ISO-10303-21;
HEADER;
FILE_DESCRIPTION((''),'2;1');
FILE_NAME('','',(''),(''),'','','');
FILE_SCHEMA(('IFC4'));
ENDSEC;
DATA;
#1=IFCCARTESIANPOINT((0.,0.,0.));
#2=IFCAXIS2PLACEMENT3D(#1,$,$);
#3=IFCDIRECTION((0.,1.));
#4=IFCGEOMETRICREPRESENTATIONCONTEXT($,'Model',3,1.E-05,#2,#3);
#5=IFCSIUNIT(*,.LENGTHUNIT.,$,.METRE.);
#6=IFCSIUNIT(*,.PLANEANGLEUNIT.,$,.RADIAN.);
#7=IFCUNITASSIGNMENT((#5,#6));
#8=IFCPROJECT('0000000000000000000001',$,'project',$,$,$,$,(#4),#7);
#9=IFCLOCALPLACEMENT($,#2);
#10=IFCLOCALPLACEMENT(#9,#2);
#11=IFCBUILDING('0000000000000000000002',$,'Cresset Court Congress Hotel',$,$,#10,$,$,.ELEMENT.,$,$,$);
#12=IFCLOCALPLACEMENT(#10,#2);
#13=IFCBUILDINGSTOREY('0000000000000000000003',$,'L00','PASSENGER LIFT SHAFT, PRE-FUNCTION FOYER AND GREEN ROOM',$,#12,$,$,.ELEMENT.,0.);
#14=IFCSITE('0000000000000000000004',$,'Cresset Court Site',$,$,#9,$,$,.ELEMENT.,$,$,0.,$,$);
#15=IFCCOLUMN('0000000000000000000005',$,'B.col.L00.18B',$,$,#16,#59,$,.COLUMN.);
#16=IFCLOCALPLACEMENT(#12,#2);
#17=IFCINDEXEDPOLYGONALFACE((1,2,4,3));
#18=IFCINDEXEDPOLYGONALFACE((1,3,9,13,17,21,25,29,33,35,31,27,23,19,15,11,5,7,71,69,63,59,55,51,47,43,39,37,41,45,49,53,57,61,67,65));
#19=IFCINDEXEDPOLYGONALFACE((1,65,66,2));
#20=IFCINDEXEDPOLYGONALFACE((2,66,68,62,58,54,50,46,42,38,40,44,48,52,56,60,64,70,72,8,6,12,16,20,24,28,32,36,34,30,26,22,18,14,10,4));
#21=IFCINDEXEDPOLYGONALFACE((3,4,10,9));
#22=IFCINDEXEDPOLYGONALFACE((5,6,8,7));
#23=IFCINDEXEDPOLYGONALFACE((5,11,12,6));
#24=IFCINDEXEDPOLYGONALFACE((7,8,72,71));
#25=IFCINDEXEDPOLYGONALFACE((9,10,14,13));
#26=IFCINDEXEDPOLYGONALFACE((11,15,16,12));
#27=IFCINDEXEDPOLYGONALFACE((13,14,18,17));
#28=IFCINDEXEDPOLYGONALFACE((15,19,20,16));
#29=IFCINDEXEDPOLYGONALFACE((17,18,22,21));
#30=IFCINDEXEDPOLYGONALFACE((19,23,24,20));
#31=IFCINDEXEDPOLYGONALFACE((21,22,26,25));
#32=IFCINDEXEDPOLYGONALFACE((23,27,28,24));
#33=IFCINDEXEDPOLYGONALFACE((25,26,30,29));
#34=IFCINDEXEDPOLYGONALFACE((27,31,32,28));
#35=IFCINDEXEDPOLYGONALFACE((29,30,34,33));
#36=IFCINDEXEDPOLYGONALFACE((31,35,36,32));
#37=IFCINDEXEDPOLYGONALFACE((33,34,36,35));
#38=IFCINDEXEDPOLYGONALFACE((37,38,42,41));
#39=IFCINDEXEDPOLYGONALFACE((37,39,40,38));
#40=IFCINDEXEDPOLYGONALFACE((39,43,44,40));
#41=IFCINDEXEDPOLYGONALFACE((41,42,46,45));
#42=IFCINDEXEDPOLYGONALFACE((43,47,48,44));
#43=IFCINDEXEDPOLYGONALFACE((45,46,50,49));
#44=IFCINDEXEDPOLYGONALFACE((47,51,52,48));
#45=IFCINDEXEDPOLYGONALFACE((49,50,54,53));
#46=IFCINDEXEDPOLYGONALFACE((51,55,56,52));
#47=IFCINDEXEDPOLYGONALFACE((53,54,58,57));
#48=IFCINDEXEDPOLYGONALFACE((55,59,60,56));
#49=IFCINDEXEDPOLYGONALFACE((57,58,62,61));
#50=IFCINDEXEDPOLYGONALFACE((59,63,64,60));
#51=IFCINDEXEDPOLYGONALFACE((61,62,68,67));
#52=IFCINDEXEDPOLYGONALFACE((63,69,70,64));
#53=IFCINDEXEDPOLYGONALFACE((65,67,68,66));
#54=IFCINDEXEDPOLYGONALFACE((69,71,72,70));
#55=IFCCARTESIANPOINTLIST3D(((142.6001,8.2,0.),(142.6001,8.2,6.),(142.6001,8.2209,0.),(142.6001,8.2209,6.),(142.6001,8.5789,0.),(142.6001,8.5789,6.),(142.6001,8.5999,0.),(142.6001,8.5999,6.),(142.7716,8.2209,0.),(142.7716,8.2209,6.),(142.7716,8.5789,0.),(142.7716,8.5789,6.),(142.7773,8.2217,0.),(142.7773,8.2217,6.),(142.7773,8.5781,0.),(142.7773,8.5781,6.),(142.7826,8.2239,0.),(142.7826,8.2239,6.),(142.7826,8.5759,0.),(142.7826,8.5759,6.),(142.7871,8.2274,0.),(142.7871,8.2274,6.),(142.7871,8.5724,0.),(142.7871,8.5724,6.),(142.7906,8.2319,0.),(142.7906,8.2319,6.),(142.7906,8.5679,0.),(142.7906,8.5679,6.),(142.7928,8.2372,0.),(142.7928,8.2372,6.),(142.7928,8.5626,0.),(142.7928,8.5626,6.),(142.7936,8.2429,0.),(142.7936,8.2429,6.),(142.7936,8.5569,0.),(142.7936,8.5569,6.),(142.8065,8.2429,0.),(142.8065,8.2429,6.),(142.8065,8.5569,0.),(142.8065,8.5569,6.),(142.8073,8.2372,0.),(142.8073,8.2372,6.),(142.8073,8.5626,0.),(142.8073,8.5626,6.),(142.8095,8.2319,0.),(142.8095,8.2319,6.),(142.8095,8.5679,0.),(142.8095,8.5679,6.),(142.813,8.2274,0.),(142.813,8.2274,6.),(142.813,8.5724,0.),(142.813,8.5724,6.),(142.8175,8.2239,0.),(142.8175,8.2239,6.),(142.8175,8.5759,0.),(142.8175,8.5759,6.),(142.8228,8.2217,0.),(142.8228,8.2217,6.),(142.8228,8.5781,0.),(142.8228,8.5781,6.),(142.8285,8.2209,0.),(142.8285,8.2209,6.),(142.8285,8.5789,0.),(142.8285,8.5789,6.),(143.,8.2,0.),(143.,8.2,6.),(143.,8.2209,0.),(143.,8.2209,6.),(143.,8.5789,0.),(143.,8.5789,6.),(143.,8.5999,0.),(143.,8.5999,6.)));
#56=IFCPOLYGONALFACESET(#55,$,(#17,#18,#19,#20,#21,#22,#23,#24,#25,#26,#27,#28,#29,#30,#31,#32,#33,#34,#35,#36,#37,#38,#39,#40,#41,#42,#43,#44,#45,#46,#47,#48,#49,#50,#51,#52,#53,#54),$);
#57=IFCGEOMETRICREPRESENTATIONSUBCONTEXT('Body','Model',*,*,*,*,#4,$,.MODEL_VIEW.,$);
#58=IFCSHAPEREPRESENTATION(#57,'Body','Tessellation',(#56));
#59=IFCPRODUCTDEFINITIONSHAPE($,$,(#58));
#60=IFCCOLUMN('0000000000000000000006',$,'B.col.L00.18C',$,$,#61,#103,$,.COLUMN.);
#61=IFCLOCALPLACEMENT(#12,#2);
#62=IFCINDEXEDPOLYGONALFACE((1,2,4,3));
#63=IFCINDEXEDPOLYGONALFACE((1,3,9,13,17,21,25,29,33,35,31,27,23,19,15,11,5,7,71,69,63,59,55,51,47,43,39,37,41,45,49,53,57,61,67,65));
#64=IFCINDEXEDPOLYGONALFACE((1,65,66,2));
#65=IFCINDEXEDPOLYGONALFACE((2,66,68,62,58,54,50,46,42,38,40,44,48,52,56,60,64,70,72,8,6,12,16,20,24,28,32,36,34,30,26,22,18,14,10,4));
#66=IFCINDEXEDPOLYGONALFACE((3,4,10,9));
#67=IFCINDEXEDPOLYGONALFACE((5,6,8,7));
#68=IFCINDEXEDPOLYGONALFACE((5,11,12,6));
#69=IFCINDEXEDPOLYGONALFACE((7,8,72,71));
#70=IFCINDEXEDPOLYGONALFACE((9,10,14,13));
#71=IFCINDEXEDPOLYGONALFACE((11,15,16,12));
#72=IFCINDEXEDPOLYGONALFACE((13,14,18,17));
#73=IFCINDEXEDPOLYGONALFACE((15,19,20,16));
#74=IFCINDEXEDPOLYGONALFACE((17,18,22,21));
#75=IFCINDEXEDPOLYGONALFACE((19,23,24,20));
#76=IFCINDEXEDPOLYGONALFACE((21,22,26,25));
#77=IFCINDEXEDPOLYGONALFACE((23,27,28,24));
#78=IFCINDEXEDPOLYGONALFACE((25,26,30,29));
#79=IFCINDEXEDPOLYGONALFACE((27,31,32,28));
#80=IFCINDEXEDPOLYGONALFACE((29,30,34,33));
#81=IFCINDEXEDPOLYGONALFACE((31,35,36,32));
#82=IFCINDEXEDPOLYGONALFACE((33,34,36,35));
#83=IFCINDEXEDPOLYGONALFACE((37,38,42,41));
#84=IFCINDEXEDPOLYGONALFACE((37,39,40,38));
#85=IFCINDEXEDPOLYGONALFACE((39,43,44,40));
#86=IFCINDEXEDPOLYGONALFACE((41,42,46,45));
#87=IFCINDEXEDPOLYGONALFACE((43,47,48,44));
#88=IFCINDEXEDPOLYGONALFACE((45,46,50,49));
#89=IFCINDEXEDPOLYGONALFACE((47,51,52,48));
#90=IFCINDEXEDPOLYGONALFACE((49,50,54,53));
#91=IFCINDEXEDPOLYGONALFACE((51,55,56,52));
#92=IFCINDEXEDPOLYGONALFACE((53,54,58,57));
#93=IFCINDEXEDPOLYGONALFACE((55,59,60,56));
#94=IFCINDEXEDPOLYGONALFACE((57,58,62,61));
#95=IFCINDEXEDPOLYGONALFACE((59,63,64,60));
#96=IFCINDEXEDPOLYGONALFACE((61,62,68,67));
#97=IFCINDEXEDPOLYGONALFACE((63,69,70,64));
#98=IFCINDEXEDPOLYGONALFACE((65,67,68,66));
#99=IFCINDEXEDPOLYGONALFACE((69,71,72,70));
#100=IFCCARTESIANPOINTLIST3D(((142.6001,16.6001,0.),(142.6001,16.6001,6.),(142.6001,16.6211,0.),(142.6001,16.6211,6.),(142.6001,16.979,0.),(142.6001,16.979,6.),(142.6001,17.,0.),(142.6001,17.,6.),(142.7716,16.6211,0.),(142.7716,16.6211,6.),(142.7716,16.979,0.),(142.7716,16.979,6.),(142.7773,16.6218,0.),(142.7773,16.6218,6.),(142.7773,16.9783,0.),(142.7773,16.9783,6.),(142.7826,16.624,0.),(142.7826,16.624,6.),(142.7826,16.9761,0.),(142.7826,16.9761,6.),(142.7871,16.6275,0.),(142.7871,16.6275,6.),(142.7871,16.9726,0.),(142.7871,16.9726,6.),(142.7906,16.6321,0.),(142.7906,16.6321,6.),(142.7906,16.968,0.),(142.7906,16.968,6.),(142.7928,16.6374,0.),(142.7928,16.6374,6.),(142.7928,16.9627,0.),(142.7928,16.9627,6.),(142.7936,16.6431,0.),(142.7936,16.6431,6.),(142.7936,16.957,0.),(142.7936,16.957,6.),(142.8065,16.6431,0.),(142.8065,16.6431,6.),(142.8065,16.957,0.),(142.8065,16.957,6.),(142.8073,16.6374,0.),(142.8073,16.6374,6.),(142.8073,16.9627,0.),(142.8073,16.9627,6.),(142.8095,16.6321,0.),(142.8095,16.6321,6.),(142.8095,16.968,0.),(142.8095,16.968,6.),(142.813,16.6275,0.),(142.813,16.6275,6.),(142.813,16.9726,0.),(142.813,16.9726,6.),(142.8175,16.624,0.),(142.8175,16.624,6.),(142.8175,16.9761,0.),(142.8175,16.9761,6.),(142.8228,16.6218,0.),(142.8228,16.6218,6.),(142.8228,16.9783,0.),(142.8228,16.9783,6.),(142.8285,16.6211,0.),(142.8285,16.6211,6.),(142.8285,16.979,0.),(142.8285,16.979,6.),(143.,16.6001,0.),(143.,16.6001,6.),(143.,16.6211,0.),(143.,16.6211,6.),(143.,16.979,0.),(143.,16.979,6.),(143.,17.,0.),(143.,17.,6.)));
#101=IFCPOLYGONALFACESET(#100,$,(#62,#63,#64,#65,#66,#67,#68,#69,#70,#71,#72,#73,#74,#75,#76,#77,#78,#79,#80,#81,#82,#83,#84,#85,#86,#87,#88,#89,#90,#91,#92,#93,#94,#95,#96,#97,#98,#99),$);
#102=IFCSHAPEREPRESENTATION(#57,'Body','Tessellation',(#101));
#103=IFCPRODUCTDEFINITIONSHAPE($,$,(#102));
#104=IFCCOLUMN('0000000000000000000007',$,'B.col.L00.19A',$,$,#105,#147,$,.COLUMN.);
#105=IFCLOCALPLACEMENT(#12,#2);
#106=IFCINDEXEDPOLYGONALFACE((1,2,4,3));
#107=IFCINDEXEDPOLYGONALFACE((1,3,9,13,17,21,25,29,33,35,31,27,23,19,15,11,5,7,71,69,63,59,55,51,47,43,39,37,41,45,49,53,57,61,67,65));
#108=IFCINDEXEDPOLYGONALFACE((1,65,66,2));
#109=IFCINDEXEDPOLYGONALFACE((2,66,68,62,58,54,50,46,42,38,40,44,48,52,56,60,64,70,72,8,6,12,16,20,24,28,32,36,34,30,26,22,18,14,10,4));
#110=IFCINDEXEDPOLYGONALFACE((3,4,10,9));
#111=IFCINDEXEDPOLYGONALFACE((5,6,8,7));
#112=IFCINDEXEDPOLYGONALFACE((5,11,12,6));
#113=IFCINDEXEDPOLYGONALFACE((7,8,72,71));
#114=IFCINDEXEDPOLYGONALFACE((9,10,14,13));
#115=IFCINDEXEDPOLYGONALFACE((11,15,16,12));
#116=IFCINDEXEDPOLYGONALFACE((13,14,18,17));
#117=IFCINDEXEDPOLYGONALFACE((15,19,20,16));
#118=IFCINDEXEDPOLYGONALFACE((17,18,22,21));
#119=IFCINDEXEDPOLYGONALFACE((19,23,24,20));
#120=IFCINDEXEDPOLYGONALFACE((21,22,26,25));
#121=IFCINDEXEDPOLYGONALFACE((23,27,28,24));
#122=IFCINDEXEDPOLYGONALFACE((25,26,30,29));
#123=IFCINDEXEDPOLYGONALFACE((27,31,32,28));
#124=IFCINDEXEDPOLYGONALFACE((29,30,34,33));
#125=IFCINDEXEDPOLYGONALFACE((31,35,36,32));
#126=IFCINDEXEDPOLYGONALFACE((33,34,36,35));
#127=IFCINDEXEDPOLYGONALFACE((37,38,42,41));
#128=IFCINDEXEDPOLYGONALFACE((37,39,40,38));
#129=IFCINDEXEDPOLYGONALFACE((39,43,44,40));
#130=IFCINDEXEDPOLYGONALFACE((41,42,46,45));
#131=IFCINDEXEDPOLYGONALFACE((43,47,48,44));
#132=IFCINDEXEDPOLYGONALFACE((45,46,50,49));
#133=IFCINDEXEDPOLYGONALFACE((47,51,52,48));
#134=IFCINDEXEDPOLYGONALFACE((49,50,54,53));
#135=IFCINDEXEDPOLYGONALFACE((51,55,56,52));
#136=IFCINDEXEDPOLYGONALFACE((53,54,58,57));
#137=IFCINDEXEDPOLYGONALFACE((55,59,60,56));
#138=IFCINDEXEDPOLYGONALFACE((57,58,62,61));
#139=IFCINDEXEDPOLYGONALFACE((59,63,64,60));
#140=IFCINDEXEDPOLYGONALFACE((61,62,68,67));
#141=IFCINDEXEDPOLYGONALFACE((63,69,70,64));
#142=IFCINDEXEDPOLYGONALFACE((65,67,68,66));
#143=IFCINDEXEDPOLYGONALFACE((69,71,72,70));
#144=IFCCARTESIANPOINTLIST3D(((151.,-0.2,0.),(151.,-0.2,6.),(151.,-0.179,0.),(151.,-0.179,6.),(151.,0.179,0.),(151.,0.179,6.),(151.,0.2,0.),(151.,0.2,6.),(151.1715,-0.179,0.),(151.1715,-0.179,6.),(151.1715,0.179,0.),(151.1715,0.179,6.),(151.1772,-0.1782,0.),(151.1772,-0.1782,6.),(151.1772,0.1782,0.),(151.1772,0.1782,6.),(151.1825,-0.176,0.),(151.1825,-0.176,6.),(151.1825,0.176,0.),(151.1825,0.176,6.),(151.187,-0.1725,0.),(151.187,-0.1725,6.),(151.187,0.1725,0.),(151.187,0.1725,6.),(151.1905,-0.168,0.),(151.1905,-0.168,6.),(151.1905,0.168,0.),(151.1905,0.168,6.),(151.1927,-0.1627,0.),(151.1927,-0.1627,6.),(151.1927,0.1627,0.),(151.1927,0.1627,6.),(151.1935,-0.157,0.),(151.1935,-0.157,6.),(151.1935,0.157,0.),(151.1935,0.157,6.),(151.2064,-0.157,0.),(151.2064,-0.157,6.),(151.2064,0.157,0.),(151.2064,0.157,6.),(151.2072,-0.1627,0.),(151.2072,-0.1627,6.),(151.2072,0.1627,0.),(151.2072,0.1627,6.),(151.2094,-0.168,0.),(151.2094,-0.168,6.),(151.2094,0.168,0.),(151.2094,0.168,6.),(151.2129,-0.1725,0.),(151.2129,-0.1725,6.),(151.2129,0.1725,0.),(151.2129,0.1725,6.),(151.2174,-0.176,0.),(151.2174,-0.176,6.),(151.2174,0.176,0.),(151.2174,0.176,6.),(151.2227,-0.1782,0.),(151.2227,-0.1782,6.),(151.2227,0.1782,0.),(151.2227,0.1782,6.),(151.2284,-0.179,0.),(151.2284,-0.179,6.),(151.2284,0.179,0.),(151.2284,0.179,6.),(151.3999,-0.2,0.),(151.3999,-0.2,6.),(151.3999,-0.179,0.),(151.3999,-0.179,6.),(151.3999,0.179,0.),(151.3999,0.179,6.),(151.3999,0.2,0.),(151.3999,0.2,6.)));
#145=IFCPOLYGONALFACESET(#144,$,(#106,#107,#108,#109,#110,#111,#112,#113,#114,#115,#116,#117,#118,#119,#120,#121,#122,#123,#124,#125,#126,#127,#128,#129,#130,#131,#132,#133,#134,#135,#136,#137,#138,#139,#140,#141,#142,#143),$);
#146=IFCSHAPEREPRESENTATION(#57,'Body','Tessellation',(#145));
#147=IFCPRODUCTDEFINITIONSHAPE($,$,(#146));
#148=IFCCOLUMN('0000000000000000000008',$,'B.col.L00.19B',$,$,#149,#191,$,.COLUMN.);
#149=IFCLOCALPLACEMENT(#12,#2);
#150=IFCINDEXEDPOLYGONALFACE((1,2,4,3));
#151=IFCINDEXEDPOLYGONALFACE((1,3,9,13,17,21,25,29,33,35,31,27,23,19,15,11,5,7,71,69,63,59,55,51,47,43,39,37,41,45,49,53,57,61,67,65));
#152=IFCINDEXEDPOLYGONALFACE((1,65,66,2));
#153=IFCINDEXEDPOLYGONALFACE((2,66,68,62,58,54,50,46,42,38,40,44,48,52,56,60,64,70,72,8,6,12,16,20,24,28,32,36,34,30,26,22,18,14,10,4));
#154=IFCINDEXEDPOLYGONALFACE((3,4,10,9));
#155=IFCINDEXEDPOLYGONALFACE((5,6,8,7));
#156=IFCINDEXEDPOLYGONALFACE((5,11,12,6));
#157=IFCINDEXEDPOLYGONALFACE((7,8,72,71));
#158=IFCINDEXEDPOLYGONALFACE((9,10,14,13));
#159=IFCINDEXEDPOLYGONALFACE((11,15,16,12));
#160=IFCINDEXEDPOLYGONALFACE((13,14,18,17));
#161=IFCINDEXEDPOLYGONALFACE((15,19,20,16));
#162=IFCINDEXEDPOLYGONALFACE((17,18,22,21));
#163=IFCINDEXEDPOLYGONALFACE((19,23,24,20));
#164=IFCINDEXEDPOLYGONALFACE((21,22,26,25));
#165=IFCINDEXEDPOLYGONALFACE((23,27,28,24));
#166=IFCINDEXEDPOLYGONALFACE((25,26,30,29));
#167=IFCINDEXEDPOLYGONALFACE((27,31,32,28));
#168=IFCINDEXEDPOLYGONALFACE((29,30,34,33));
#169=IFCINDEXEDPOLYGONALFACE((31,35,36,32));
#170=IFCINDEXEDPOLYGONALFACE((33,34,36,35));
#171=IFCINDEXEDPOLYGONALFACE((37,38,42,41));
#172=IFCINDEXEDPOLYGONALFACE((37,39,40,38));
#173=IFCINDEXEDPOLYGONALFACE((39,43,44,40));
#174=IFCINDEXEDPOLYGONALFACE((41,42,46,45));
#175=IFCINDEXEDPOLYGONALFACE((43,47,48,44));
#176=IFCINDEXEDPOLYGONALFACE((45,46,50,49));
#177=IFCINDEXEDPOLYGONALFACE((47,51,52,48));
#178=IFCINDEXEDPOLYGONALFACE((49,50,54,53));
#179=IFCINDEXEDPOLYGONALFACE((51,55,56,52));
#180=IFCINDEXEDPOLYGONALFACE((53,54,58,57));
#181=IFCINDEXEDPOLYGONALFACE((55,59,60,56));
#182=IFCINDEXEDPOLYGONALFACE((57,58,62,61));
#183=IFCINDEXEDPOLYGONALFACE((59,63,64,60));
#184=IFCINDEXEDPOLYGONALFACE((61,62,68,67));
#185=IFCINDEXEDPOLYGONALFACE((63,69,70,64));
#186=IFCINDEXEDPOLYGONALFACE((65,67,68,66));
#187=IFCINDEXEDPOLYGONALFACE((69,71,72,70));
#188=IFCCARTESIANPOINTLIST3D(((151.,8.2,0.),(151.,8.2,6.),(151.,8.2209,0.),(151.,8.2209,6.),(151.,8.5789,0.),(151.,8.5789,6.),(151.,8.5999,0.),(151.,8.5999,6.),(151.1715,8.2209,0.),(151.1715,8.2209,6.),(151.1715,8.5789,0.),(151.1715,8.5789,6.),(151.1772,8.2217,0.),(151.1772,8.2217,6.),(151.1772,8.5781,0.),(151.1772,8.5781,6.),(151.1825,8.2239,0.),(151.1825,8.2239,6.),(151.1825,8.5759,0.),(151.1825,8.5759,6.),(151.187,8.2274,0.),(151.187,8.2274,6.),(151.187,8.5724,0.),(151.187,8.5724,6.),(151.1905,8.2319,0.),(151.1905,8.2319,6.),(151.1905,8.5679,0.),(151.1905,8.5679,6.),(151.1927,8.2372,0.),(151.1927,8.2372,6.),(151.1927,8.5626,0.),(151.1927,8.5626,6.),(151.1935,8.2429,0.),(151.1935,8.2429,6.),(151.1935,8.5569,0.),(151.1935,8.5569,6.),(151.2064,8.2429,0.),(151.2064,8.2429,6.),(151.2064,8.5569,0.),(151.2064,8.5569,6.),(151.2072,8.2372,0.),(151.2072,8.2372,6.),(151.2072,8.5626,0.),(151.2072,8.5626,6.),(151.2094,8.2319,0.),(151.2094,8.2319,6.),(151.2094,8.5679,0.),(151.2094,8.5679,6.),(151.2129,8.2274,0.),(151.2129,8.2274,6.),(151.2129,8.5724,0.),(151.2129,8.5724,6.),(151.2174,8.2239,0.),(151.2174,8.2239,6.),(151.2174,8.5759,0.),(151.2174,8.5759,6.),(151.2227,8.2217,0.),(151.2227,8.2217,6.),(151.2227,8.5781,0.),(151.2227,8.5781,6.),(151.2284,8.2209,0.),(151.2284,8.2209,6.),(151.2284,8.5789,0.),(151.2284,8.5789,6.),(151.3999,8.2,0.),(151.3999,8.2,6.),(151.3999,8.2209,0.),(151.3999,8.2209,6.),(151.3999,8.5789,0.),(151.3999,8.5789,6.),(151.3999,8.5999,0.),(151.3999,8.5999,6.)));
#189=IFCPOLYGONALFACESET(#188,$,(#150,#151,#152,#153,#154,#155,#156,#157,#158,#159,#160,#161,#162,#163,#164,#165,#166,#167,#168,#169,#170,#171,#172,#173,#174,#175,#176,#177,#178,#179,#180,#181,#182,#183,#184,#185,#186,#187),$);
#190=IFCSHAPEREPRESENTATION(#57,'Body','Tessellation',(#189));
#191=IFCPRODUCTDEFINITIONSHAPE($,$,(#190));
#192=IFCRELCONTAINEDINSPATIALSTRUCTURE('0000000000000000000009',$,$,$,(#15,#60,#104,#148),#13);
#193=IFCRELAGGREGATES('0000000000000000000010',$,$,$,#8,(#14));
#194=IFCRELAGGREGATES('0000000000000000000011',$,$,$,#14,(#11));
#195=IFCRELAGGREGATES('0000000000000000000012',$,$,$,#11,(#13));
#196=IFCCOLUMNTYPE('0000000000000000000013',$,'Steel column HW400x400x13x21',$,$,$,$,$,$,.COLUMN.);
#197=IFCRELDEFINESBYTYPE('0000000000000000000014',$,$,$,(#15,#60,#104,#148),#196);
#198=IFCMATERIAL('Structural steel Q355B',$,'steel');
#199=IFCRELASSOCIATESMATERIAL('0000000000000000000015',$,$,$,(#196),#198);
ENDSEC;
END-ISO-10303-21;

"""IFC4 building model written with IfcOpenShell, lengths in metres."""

from ifc_helpers import new_model, si_unit, direction, frame, origin, origin_2d, place, context, subcontext, project, spatial, i_section, extrude, material, material_profile, profile_set, type_object, element, save


model = new_model("IFC4")

# Units and contexts
model_context = context("Model", 3, precision=1e-05, world=origin(), true_north=direction((0.0, 1.0)))
body_context = subcontext(model_context, "Body", "Model", "MODEL_VIEW")
ifc_project = project(units=[si_unit("LENGTHUNIT", "METRE"), si_unit("PLANEANGLEUNIT", "RADIAN")], contexts=[model_context])

# Site, building, storey
site_placement = place(None, origin())
site = spatial("IfcSite", under=ifc_project, at=site_placement, Name="Cresset Court Site", CompositionType="ELEMENT", RefElevation=0.0)
building_placement = place(site_placement, origin())
building = spatial("IfcBuilding", under=site, at=building_placement, Name="Cresset Court Congress Hotel", CompositionType="ELEMENT")
storey_placement = place(building_placement, origin())
storey = spatial("IfcBuildingStorey", under=building, at=storey_placement, Name="L00", Description="PASSENGER LIFT SHAFT, PRE-FUNCTION FOYER AND GREEN ROOM", CompositionType="ELEMENT", Elevation=0.0)

# Columns
ifc_material_1 = material(Name="Structural steel Q355B", Category="steel")
ifc_material_profile = material_profile(ifc_material_1, i_section(OverallWidth=0.3999, OverallDepth=0.3999, WebThickness=0.0129, FlangeThickness=0.021, FilletRadius=0.022, at=origin_2d()), Name="HW400x400x13x21")
ifc_profile_set = profile_set([ifc_material_profile], Name="Structural steel Q355B")
column_type = type_object("IfcColumnType", Name="Steel column HW400x400x13x21", PredefinedType="COLUMN", material=ifc_profile_set)
for number, where, z_axis, x_axis, name in (
    (1, (142.8, 8.3999, 0.0), (0.0, 0.0, 1.0), (1.0, 0.0, 0.0), "B.col.L00.18B"),
    (2, (142.8, 16.8, 0.0), (0.0, 0.0, 1.0), (1.0, 0.0, 0.0), "B.col.L00.18C"),
    (3, (151.2, 0.0, 0.0), (0.0, 0.0, 1.0), (1.0, 0.0, 0.0), "B.col.L00.19A"),
    (4, (151.2, 8.3999, 0.0), (0.0, 0.0, 1.0), (1.0, 0.0, 0.0), "B.col.L00.19B"),
):
    element("IfcColumn", number, at=place(storey_placement, frame(where, z_axis=z_axis, x_axis=x_axis)), inside=storey, type_object=column_type, Name=name, PredefinedType="COLUMN", context=body_context, shape_type="SweptSolid", body=[
        extrude(i_section(OverallWidth=0.3999, OverallDepth=0.3999, WebThickness=0.0129, FlangeThickness=0.021, FilletRadius=0.022, at=origin_2d()), origin(), (0.0, 0.0, 1.0), 6.0),
    ])

save(model, "model.ifc")
